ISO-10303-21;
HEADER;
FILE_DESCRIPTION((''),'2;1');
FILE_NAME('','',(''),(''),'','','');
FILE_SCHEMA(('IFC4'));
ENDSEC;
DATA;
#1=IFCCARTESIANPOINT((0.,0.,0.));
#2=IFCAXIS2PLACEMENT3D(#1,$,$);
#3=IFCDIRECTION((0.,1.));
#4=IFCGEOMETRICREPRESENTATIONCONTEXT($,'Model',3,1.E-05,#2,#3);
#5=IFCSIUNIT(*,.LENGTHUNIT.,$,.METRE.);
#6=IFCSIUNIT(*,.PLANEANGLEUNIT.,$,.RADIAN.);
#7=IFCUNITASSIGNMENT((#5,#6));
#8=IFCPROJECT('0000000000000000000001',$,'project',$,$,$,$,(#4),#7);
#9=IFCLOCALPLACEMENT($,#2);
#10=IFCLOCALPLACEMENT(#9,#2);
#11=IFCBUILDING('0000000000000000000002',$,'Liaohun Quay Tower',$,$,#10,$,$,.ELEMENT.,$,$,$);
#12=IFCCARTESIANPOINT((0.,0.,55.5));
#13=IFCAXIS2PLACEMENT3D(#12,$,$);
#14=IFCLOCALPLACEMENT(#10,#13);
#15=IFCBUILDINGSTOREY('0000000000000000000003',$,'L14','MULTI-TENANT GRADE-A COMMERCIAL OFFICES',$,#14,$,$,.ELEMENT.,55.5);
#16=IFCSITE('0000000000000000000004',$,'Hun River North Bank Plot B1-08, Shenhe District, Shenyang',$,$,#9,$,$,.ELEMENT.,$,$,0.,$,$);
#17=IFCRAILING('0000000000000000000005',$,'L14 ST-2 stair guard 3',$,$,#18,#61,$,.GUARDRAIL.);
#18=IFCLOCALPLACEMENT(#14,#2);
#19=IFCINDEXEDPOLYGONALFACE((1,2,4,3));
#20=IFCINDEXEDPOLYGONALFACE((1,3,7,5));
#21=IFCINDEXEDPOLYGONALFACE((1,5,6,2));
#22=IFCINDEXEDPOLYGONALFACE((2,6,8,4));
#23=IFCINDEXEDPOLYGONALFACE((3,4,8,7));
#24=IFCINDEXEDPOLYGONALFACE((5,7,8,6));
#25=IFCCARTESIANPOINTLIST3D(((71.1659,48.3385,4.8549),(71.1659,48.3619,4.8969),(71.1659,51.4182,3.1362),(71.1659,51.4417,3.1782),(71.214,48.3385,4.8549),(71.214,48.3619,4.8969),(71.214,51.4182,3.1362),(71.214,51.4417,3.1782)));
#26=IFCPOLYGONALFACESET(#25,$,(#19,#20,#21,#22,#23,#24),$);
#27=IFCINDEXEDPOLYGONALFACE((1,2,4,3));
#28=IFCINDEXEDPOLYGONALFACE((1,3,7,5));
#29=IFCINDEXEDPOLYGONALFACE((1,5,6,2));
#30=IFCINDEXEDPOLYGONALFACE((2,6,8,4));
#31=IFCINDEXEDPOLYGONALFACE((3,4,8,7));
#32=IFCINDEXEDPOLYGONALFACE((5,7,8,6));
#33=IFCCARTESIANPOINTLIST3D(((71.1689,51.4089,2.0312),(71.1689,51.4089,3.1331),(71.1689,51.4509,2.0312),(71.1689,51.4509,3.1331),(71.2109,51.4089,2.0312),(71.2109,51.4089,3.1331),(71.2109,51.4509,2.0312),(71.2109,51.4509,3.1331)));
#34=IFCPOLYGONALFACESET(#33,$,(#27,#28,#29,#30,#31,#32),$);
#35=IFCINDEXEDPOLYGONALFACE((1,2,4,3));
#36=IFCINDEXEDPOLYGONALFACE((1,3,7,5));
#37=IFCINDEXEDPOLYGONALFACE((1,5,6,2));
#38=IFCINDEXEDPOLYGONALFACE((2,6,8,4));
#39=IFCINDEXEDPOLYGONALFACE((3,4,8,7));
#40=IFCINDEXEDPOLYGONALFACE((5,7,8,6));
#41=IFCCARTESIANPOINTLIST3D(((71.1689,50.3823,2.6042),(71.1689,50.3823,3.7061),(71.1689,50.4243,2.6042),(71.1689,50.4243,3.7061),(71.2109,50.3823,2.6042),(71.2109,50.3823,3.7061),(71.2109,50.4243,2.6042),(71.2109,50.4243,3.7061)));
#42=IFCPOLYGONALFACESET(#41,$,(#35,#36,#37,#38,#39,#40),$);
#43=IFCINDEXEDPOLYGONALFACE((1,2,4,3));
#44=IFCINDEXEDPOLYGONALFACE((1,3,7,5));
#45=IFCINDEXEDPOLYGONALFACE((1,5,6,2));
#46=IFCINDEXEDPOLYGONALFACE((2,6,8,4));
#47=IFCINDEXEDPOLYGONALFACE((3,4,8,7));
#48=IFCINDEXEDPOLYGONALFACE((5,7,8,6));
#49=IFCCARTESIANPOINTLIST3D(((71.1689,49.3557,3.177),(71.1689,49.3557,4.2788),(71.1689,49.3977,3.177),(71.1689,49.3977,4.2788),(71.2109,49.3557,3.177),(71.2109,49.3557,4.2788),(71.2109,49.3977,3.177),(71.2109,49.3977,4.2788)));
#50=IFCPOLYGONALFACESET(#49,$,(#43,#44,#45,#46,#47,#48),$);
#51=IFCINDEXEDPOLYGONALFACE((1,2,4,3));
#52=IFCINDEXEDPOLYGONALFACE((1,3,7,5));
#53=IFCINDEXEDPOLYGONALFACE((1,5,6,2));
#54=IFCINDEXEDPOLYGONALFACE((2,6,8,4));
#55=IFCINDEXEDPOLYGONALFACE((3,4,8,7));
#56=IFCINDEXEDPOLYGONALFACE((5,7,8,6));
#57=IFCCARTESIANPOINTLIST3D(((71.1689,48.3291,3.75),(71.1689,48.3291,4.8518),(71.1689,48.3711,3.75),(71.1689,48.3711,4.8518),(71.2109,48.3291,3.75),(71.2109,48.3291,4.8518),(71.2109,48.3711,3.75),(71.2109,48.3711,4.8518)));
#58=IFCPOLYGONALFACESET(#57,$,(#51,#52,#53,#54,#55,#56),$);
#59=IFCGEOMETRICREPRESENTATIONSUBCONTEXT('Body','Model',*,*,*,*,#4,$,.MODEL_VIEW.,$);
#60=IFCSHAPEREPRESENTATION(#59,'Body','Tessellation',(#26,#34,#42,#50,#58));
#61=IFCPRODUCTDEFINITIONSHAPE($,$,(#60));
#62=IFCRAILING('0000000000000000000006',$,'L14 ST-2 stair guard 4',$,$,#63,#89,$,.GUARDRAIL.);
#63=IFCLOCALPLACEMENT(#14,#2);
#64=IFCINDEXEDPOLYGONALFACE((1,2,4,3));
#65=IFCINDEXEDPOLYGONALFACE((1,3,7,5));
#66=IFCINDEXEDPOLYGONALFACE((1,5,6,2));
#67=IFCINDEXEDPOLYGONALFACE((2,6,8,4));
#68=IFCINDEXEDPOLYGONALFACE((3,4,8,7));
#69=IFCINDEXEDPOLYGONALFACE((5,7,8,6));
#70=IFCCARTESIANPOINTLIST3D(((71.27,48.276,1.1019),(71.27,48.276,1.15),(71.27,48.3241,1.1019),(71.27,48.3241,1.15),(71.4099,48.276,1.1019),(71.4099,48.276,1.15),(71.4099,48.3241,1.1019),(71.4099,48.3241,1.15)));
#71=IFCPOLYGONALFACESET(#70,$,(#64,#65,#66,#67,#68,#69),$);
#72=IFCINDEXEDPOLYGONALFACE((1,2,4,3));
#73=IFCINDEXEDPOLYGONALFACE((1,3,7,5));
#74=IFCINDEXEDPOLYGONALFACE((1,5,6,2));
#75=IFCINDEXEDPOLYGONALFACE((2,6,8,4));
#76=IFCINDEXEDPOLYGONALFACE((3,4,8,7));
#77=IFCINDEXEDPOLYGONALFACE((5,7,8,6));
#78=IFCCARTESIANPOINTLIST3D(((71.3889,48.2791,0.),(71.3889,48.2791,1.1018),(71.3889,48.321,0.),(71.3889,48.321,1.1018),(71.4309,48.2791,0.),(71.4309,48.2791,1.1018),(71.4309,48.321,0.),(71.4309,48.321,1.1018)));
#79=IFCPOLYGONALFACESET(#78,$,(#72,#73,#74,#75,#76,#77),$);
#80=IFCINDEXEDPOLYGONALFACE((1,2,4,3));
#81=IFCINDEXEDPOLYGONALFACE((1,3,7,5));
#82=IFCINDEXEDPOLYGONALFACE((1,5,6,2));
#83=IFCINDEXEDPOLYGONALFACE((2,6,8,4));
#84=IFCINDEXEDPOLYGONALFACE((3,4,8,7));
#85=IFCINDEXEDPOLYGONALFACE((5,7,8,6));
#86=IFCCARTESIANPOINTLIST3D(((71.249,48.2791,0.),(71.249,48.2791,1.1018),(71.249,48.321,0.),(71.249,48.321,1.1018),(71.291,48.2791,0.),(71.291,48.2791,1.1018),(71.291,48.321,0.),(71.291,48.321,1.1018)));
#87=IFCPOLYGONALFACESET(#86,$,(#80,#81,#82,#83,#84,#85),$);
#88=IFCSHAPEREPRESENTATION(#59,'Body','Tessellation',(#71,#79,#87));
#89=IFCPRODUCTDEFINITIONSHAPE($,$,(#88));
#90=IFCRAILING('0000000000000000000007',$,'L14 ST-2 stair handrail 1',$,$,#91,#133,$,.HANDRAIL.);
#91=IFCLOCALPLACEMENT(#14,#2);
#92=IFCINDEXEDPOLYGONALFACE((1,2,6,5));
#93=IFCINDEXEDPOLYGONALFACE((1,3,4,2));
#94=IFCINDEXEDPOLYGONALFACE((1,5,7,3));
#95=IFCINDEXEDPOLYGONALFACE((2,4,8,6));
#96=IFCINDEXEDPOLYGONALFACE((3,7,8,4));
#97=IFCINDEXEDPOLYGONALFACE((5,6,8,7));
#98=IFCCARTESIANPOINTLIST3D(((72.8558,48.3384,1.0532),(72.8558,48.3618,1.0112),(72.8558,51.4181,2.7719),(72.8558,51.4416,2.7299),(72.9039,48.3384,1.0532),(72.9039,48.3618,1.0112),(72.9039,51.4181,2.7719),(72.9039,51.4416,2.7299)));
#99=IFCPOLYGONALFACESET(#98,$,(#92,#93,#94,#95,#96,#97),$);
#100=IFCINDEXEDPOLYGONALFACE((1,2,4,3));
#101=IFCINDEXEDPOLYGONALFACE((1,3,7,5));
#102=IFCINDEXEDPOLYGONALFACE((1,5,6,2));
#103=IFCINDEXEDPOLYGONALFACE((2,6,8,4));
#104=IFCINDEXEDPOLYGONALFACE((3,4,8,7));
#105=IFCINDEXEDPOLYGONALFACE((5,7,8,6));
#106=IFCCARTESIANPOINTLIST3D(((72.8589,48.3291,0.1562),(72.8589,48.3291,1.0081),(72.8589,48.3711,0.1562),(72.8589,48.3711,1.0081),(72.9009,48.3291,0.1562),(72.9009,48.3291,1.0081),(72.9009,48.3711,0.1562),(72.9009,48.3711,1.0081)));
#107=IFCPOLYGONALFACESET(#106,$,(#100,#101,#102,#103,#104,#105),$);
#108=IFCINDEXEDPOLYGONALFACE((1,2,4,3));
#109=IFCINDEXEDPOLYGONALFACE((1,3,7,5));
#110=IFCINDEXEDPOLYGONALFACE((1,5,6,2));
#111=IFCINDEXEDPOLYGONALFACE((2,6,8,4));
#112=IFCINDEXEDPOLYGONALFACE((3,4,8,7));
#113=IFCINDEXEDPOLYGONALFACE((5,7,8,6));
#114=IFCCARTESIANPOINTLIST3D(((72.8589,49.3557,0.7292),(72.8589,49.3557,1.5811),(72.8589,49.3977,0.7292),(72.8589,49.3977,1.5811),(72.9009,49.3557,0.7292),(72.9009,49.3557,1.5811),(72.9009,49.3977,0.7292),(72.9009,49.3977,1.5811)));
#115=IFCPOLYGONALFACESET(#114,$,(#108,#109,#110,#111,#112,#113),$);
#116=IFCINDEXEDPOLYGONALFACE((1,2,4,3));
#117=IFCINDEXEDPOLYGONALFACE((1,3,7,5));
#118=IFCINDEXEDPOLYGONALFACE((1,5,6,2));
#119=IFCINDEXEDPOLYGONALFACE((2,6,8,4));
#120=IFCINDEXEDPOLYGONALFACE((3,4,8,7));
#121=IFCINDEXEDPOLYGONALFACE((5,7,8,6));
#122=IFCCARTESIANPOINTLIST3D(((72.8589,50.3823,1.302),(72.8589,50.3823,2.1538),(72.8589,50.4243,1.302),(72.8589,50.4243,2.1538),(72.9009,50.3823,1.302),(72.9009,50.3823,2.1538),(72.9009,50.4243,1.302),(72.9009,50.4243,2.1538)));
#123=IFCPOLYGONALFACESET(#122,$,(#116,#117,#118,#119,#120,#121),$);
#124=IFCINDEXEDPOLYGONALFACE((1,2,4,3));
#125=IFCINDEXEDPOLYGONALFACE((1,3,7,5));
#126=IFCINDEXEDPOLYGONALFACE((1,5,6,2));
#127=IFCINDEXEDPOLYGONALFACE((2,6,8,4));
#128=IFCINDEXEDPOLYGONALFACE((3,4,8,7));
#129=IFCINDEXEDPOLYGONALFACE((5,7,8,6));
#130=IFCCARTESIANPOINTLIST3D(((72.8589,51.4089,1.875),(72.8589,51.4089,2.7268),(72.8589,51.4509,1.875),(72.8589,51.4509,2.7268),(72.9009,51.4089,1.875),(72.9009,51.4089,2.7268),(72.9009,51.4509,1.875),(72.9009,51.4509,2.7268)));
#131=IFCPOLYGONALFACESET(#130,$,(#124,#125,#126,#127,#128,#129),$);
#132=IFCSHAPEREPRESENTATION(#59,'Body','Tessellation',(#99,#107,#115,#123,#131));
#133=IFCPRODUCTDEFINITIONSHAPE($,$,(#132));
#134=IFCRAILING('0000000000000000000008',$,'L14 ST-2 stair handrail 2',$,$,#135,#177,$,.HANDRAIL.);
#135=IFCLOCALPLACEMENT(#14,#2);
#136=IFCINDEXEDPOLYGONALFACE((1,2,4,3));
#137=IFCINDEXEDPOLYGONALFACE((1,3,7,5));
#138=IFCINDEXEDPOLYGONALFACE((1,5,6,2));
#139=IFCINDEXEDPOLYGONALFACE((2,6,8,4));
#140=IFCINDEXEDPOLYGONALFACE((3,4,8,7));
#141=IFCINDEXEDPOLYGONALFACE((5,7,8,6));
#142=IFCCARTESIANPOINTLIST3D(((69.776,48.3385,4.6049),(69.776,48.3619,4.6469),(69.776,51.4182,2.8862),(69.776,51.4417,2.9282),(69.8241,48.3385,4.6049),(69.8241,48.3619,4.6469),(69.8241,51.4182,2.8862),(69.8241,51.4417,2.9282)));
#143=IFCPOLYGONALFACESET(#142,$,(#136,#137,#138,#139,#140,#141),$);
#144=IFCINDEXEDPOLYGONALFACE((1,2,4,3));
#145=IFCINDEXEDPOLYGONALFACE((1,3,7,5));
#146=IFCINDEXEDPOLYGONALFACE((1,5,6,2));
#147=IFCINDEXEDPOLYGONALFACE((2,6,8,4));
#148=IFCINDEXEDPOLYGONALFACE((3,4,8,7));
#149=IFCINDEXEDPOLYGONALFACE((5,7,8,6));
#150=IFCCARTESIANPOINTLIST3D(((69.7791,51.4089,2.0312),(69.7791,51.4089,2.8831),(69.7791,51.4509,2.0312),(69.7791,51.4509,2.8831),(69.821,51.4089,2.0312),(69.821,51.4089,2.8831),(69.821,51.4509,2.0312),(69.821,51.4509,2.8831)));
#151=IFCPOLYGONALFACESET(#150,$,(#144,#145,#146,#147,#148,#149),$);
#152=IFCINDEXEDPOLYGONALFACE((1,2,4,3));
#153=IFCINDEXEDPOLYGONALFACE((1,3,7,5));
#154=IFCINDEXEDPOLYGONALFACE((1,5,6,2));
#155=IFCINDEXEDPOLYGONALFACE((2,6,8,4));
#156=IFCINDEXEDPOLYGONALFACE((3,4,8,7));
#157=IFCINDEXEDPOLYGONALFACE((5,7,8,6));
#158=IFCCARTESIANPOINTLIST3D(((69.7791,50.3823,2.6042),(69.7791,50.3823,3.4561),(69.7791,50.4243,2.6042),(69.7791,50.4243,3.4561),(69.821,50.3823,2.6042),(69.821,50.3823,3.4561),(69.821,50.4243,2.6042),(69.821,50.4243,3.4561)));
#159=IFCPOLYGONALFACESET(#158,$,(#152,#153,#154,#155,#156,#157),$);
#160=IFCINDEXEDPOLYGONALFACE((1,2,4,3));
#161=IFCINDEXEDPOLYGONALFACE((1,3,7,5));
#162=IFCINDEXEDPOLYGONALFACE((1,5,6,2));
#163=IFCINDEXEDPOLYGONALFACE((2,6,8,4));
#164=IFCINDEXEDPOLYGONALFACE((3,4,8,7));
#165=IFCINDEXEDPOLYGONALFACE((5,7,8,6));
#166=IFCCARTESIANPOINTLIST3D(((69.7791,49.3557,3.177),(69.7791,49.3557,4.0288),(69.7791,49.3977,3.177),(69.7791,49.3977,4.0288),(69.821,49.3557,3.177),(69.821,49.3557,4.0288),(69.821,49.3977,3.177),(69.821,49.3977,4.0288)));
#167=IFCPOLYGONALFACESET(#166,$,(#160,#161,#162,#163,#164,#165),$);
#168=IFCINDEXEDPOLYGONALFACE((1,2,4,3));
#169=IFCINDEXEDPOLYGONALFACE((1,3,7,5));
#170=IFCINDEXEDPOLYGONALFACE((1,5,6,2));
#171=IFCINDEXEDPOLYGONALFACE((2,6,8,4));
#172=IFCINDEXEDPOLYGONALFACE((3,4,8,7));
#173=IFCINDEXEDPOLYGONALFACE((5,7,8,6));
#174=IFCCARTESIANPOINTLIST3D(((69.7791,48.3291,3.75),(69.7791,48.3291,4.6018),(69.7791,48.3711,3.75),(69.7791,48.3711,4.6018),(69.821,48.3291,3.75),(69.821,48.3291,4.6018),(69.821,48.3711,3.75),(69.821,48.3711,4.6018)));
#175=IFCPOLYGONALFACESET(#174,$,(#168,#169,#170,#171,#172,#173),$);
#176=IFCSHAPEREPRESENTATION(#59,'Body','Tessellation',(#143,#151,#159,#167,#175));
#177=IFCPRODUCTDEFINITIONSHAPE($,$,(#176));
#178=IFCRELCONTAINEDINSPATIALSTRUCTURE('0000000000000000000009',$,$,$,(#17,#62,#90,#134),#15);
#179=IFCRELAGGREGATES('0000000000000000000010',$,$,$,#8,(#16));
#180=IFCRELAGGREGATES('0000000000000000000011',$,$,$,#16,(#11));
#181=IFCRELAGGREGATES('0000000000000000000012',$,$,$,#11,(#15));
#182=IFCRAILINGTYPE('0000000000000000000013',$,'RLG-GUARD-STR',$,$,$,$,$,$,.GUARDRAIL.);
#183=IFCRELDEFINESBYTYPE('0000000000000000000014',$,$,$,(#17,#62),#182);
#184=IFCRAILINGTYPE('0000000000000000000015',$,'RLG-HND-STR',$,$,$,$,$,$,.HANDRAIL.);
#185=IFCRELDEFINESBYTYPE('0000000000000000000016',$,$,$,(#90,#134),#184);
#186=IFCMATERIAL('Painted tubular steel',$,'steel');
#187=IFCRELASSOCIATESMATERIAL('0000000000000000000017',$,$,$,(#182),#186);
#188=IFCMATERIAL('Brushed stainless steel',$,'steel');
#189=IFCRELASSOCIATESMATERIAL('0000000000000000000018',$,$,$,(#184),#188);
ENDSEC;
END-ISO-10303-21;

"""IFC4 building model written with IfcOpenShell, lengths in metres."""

from ifc_helpers import new_model, si_unit, direction, frame, origin, origin_2d, place, context, subcontext, project, spatial, rectangle, extrude, material, type_object, element, save


model = new_model("IFC4")

# Units and contexts
model_context = context("Model", 3, precision=1e-05, world=origin(), true_north=direction((0.0, 1.0)))
body_context = subcontext(model_context, "Body", "Model", "MODEL_VIEW")
ifc_project = project(units=[si_unit("LENGTHUNIT", "METRE"), si_unit("PLANEANGLEUNIT", "RADIAN")], contexts=[model_context])

# Site, building, storey
site_placement = place(None, origin())
site = spatial("IfcSite", under=ifc_project, at=site_placement, Name="Hun River North Bank Plot B1-08, Shenhe District, Shenyang", CompositionType="ELEMENT", RefElevation=0.0)
building_placement = place(site_placement, origin())
building = spatial("IfcBuilding", under=site, at=building_placement, Name="Liaohun Quay Tower", CompositionType="ELEMENT")
storey_placement = place(building_placement, frame((0.0, 0.0, 55.5)))
storey = spatial("IfcBuildingStorey", under=building, at=storey_placement, Name="L14", Description="MULTI-TENANT GRADE-A COMMERCIAL OFFICES", CompositionType="ELEMENT", Elevation=55.5)

# Railings
ifc_material_1 = material(Name="Painted tubular steel", Category="steel")
railing_type_1 = type_object("IfcRailingType", Name="RLG-GUARD-STR", PredefinedType="GUARDRAIL", material=ifc_material_1)
railing_1_placement = place(storey_placement, frame((71.1899, 51.4299, 2.0312)))
element("IfcRailing", 1, at=railing_1_placement, inside=storey, type_object=railing_type_1, Name="L14 ST-2 stair guard 3", PredefinedType="GUARDRAIL", context=body_context, shape_type="SweptSolid", body=[
    extrude(rectangle(XDim=0.0481, YDim=0.0481, at=origin_2d()), frame((0.0, 0.0, 1.126), z_axis=(0.0, -0.873225, 0.487317), x_axis=(1.0, 0.0, 0.0)), (0.0, 0.0, 1.0), 3.5269),
    extrude(rectangle(XDim=0.042, YDim=0.042, at=origin_2d()), origin(), (0.0, 0.0, 1.0), 1.1018),
    extrude(rectangle(XDim=0.042, YDim=0.042, at=origin_2d()), frame((0.0, -1.0266, 0.573)), (0.0, 0.0, 1.0), 1.1018),
    extrude(rectangle(XDim=0.042, YDim=0.042, at=origin_2d()), frame((0.0, -2.0532, 1.1458)), (0.0, 0.0, 1.0), 1.1018),
    extrude(rectangle(XDim=0.042, YDim=0.042, at=origin_2d()), frame((0.0, -3.0798, 1.7188)), (0.0, 0.0, 1.0), 1.1018),
])
railing_2_placement = place(storey_placement, frame((71.4099, 48.3, 0.0)))
element("IfcRailing", 2, at=railing_2_placement, inside=storey, type_object=railing_type_1, Name="L14 ST-2 stair guard 4", PredefinedType="GUARDRAIL", context=body_context, shape_type="SweptSolid", body=[
    extrude(rectangle(XDim=0.0481, YDim=0.0481, at=origin_2d()), frame((0.0, 0.0, 1.126), z_axis=(-1.0, 0.0, 0.0), x_axis=(0.0, -1.0, 0.0)), (0.0, 0.0, 1.0), 0.1399),
    extrude(rectangle(XDim=0.042, YDim=0.042, at=origin_2d()), origin(), (0.0, 0.0, 1.0), 1.1018),
    extrude(rectangle(XDim=0.042, YDim=0.042, at=origin_2d()), frame((-0.1399, 0.0, 0.0)), (0.0, 0.0, 1.0), 1.1018),
])
ifc_material_2 = material(Name="Brushed stainless steel", Category="steel")
railing_type_2 = type_object("IfcRailingType", Name="RLG-HND-STR", PredefinedType="HANDRAIL", material=ifc_material_2)
railing_3_placement = place(storey_placement, frame((72.8799, 48.3501, 0.1562)))
element("IfcRailing", 3, at=railing_3_placement, inside=storey, type_object=railing_type_2, Name="L14 ST-2 stair handrail 1", PredefinedType="HANDRAIL", context=body_context, shape_type="SweptSolid", body=[
    extrude(rectangle(XDim=0.0481, YDim=0.0481, at=origin_2d()), frame((0.0, 0.0, 0.876), z_axis=(0.0, 0.873225, 0.487317), x_axis=(-1.0, 0.0, 0.0)), (0.0, 0.0, 1.0), 3.5269),
    extrude(rectangle(XDim=0.042, YDim=0.042, at=origin_2d()), origin(), (0.0, 0.0, 1.0), 0.8518),
    extrude(rectangle(XDim=0.042, YDim=0.042, at=origin_2d()), frame((0.0, 1.0266, 0.573)), (0.0, 0.0, 1.0), 0.8518),
    extrude(rectangle(XDim=0.042, YDim=0.042, at=origin_2d()), frame((0.0, 2.0532, 1.1458)), (0.0, 0.0, 1.0), 0.8518),
    extrude(rectangle(XDim=0.042, YDim=0.042, at=origin_2d()), frame((0.0, 3.0798, 1.7188)), (0.0, 0.0, 1.0), 0.8518),
])
railing_4_placement = place(storey_placement, frame((69.8, 51.4299, 2.0312)))
element("IfcRailing", 4, at=railing_4_placement, inside=storey, type_object=railing_type_2, Name="L14 ST-2 stair handrail 2", PredefinedType="HANDRAIL", context=body_context, shape_type="SweptSolid", body=[
    extrude(rectangle(XDim=0.0481, YDim=0.0481, at=origin_2d()), frame((0.0, 0.0, 0.876), z_axis=(0.0, -0.873225, 0.487317), x_axis=(1.0, 0.0, 0.0)), (0.0, 0.0, 1.0), 3.5269),
    extrude(rectangle(XDim=0.042, YDim=0.042, at=origin_2d()), origin(), (0.0, 0.0, 1.0), 0.8518),
    extrude(rectangle(XDim=0.042, YDim=0.042, at=origin_2d()), frame((0.0, -1.0266, 0.573)), (0.0, 0.0, 1.0), 0.8518),
    extrude(rectangle(XDim=0.042, YDim=0.042, at=origin_2d()), frame((0.0, -2.0532, 1.1458)), (0.0, 0.0, 1.0), 0.8518),
    extrude(rectangle(XDim=0.042, YDim=0.042, at=origin_2d()), frame((0.0, -3.0798, 1.7188)), (0.0, 0.0, 1.0), 0.8518),
])

save(model, "model.ifc")
